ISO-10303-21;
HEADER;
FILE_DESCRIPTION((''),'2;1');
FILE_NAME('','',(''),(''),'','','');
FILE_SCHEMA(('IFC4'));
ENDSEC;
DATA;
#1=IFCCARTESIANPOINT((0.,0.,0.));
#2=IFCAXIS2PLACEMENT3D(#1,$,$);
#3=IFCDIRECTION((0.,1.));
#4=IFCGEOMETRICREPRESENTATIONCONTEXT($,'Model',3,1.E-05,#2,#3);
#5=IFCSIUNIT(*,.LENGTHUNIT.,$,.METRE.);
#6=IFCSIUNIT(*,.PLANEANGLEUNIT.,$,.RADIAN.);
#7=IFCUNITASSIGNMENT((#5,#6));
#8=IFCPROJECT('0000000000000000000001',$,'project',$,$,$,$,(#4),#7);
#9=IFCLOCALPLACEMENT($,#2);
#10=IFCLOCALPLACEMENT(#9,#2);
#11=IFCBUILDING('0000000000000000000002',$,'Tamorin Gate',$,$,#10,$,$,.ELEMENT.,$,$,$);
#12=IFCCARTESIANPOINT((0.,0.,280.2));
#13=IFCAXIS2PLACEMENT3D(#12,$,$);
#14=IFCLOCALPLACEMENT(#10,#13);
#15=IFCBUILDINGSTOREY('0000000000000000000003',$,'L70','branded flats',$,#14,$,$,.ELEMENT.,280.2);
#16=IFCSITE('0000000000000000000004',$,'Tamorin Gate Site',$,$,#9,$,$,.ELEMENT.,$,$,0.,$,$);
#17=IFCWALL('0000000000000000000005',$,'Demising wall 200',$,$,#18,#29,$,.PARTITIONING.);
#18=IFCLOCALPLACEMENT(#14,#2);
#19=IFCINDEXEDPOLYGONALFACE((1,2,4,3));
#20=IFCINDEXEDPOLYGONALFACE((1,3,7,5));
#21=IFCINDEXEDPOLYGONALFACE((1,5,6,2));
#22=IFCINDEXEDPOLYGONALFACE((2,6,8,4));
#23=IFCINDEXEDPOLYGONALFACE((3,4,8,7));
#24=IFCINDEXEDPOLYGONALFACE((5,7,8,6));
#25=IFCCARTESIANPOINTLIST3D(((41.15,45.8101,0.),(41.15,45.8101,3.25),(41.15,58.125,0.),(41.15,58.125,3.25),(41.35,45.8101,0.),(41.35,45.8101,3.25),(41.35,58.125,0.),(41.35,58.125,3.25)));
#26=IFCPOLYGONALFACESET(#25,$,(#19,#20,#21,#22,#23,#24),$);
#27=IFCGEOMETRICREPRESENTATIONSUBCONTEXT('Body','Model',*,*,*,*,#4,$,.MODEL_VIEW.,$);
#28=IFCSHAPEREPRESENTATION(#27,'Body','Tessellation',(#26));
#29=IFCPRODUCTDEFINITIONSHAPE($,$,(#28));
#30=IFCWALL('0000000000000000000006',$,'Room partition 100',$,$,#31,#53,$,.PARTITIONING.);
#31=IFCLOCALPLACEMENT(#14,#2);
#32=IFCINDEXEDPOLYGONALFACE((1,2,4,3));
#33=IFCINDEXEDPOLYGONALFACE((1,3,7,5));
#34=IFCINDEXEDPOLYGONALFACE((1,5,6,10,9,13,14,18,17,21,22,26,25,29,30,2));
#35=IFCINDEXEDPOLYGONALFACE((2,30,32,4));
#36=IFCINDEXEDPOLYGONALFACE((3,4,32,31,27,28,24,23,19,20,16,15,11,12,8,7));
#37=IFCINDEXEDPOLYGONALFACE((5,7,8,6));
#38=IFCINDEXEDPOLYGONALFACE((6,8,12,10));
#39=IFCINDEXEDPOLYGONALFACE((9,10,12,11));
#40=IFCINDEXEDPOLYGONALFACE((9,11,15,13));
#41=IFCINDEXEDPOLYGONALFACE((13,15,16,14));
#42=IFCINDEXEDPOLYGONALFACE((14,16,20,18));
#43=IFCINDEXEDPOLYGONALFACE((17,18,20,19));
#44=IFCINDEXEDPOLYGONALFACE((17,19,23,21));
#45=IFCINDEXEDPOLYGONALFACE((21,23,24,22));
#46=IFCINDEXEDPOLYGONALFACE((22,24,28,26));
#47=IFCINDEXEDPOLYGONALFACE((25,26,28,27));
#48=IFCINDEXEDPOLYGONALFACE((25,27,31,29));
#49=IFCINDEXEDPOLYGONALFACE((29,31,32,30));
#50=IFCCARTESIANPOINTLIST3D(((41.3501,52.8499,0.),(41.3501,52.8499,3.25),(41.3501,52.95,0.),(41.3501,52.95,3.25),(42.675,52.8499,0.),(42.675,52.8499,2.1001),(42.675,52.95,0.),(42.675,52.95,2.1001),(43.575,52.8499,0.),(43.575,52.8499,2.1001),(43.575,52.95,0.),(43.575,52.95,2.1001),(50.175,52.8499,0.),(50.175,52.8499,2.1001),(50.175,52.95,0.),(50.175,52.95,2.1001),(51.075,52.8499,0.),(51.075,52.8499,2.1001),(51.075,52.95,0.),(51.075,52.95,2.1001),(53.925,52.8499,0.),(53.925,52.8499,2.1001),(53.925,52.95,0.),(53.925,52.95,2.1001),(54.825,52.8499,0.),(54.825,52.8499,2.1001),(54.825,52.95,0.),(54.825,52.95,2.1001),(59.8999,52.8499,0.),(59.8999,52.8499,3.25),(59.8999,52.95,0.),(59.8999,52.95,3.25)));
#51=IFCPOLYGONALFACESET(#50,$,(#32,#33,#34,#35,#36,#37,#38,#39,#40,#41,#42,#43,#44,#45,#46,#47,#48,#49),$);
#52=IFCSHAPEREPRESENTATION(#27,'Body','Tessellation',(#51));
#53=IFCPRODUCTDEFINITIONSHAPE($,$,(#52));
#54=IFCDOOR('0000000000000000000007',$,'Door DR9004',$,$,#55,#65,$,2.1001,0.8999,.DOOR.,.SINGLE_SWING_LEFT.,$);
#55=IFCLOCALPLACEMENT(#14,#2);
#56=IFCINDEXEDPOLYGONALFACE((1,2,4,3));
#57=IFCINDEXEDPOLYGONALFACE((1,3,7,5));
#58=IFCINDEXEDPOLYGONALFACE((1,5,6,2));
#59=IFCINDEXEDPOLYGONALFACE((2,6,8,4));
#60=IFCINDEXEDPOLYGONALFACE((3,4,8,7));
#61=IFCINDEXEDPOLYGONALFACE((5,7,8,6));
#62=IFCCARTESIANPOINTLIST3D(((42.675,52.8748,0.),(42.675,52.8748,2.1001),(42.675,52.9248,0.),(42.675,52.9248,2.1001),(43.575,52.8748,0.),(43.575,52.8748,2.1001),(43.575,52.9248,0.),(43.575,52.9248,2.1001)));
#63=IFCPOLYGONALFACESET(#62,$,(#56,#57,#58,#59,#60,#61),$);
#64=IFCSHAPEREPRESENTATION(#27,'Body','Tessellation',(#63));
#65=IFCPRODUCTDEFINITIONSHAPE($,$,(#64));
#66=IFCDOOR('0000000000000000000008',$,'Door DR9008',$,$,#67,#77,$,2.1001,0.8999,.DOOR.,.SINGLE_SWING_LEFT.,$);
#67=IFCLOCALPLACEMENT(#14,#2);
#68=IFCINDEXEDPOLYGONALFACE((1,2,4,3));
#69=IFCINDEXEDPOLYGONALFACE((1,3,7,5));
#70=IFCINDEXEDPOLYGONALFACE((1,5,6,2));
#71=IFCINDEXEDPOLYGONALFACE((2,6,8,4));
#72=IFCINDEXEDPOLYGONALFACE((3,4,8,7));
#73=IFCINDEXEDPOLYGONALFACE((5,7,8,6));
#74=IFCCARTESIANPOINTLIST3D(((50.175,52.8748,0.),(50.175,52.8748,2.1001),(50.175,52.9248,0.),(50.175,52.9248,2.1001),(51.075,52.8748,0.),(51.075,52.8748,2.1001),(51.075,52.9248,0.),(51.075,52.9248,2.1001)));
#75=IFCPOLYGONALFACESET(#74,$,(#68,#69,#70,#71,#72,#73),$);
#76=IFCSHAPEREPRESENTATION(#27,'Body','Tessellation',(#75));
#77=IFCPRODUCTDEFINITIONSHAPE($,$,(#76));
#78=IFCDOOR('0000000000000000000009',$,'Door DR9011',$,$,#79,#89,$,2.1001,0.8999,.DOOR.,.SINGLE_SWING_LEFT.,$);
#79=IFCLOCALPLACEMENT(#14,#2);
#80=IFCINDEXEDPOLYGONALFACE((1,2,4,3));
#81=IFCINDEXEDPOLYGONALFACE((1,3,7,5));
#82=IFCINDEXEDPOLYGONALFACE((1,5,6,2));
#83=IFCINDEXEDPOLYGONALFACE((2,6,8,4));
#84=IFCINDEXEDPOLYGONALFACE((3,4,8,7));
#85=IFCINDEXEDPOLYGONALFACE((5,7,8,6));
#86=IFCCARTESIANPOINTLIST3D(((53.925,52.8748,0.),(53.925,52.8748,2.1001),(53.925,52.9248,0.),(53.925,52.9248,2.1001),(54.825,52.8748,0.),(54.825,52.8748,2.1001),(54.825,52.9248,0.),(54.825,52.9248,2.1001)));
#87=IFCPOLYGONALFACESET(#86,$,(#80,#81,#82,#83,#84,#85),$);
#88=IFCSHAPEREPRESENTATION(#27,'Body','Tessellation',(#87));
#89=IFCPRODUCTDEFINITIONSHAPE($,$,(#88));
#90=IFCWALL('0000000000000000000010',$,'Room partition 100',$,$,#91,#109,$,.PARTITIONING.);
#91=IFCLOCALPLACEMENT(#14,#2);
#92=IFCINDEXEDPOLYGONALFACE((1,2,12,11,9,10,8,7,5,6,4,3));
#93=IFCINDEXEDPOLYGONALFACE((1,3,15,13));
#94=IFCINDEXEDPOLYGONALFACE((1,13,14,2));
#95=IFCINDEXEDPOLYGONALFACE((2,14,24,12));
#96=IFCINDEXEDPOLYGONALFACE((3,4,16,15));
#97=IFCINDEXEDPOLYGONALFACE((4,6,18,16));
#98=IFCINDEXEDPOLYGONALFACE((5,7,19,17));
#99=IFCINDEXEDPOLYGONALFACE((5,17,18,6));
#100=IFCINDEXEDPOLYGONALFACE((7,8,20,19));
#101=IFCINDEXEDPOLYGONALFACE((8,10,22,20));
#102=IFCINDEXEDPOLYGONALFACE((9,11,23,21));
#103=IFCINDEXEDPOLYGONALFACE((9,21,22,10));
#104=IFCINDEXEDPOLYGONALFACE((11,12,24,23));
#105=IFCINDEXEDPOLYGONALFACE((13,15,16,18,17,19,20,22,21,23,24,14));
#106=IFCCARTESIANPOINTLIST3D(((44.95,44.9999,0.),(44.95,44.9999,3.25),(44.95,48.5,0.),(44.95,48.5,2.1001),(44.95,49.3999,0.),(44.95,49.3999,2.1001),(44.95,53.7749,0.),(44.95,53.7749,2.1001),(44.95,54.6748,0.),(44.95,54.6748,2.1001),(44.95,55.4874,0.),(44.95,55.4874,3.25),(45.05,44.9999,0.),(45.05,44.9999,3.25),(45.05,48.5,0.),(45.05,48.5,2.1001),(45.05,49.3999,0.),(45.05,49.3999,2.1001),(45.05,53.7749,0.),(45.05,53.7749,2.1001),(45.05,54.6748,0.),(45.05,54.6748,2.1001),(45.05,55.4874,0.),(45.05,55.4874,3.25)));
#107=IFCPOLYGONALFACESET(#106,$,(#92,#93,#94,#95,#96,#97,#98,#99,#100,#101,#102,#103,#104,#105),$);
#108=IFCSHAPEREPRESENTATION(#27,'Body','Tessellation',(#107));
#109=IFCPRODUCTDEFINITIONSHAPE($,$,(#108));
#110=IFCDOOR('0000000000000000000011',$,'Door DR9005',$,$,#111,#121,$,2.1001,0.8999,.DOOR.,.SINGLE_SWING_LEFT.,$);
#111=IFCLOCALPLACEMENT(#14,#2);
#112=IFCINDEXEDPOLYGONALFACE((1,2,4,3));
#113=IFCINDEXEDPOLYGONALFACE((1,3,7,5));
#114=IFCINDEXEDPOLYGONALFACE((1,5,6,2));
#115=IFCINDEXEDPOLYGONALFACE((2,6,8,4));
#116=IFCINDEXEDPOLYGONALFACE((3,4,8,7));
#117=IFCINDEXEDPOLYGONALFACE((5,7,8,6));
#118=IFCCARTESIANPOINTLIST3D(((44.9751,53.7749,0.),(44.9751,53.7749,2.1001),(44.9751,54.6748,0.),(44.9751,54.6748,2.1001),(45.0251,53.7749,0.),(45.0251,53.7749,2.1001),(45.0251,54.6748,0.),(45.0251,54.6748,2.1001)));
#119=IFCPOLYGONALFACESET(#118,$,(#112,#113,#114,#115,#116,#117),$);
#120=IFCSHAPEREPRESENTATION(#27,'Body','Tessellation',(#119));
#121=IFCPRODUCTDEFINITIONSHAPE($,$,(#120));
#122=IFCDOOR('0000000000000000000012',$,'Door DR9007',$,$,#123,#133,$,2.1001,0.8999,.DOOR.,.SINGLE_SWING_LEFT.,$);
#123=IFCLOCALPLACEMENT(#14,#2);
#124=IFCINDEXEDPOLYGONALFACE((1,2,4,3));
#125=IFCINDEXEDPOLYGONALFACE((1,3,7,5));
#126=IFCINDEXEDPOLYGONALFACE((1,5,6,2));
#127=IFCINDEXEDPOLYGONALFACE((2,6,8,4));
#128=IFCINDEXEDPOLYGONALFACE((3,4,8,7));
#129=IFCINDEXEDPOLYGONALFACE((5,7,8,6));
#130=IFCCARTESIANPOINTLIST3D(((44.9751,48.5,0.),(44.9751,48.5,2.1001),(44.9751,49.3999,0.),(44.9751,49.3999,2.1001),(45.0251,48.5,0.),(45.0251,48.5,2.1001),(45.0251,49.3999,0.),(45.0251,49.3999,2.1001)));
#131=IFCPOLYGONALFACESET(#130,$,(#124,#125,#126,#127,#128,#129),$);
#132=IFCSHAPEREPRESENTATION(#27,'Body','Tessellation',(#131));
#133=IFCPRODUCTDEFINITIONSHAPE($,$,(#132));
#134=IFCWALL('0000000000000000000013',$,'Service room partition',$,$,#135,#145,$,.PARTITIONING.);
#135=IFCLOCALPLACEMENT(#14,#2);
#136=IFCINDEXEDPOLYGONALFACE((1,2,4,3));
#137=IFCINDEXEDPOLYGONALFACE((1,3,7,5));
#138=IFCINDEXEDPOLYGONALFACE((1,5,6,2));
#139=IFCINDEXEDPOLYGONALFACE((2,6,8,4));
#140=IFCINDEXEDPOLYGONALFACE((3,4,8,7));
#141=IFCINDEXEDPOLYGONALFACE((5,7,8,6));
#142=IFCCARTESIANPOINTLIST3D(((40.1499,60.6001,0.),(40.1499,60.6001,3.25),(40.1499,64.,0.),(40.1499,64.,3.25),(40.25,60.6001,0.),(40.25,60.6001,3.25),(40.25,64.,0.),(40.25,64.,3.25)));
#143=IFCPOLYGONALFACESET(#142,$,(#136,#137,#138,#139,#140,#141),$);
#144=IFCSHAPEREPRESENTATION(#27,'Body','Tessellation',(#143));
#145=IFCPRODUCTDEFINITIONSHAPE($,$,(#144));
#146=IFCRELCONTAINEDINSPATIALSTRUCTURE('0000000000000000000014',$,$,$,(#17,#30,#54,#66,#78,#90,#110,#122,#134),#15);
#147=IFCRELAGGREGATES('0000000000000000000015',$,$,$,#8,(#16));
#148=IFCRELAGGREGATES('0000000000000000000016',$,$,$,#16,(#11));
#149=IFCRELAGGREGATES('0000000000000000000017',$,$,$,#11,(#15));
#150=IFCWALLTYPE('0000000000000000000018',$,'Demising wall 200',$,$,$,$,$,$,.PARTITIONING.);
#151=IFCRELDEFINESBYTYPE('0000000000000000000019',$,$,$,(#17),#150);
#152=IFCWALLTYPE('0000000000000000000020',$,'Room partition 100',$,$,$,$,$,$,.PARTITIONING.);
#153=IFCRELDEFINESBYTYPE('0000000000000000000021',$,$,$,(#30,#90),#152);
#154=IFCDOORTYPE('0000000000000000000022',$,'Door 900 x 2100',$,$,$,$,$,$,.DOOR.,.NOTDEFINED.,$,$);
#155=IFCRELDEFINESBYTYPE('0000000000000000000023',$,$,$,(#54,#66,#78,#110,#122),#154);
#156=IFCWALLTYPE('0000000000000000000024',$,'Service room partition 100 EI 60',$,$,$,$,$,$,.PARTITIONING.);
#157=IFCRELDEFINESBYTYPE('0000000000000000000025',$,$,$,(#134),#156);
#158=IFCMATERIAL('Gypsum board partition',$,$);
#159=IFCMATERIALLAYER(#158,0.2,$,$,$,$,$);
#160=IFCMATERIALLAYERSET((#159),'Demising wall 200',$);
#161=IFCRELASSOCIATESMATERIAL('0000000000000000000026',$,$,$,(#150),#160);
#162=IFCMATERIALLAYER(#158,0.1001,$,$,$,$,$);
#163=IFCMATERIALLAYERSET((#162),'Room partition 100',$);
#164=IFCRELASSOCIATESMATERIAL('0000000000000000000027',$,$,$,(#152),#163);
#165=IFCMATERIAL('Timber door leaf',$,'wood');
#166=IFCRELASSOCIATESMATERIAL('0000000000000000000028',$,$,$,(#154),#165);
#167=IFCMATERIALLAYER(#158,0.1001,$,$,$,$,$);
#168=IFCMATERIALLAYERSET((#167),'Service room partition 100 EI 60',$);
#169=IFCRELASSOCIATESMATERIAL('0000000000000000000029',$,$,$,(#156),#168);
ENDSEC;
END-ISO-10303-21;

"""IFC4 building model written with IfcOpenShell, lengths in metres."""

from ifc_helpers import new_model, si_unit, direction, frame, frame_2d, origin, place, context, subcontext, project, spatial, rectangle, extrude, material, layer, layer_set, type_object, element, fill, save


model = new_model("IFC4")

# Units and contexts
model_context = context("Model", 3, precision=1e-05, world=origin(), true_north=direction((0.0, 1.0)))
body_context = subcontext(model_context, "Body", "Model", "MODEL_VIEW")
ifc_project = project(units=[si_unit("LENGTHUNIT", "METRE"), si_unit("PLANEANGLEUNIT", "RADIAN")], contexts=[model_context])

# Site, building, storey
site_placement = place(None, origin())
site = spatial("IfcSite", under=ifc_project, at=site_placement, Name="Tamorin Gate Site", CompositionType="ELEMENT", RefElevation=0.0)
building_placement = place(site_placement, origin())
building = spatial("IfcBuilding", under=site, at=building_placement, Name="Tamorin Gate", CompositionType="ELEMENT")
storey_placement = place(building_placement, frame((0.0, 0.0, 280.2)))
storey = spatial("IfcBuildingStorey", under=building, at=storey_placement, Name="L70", Description="branded flats", CompositionType="ELEMENT", Elevation=280.2)

# Wall
ifc_material_1 = material(Name="Gypsum board partition")
ifc_layer_1 = layer(ifc_material_1, 0.2)
ifc_layer_set_1 = layer_set([ifc_layer_1], Name="Demising wall 200")
wall_type_1 = type_object("IfcWallType", Name="Demising wall 200", PredefinedType="PARTITIONING", material=ifc_layer_set_1)
wall_1_placement = place(storey_placement, frame((41.25, 45.8101, 0.0), z_axis=(0.0, 0.0, 1.0), x_axis=(0.0, 1.0, 0.0)))
element("IfcWall", 1, at=wall_1_placement, inside=storey, type_object=wall_type_1, Name="Demising wall 200", PredefinedType="PARTITIONING", context=body_context, shape_type="SweptSolid", body=[
    extrude(rectangle(XDim=12.3149, YDim=0.2, at=frame_2d((6.1575, 0.0))), origin(), (0.0, 0.0, 1.0), 3.25),
])

# Walls, openings, doors
ifc_layer_2 = layer(ifc_material_1, 0.1001)
ifc_layer_set_2 = layer_set([ifc_layer_2], Name="Room partition 100")
wall_type_2 = type_object("IfcWallType", Name="Room partition 100", PredefinedType="PARTITIONING", material=ifc_layer_set_2)
wall_2_placement = place(storey_placement, frame((41.3501, 52.8999, 0.0), z_axis=(0.0, 0.0, 1.0), x_axis=(1.0, 0.0, 0.0)))
wall_2 = element("IfcWall", 2, at=wall_2_placement, inside=storey, type_object=wall_type_2, Name="Room partition 100", PredefinedType="PARTITIONING", context=body_context, shape_type="SweptSolid", body=[
    extrude(rectangle(XDim=18.5498, YDim=0.1001, at=frame_2d((9.2749, 0.0))), origin(), (0.0, 0.0, 1.0), 3.25),
])
opening_1_placement = place(wall_2_placement, frame((1.325, 0.0, 0.0)))
opening_1 = element("IfcOpeningElement", 3, at=opening_1_placement, cuts=wall_2, PredefinedType="OPENING", context=body_context, shape_type="SweptSolid", body=[
    extrude(rectangle(XDim=0.8999, YDim=2.1001, at=frame_2d((0.45, 1.05))), frame((0.0, 0.0601, 0.0), z_axis=(0.0, -1.0, 0.0), x_axis=(1.0, 0.0, 0.0)), (0.0, 0.0, 1.0), 0.1201),
])
opening_2_placement = place(wall_2_placement, frame((8.825, 0.0, 0.0)))
opening_2 = element("IfcOpeningElement", 4, at=opening_2_placement, cuts=wall_2, PredefinedType="OPENING", context=body_context, shape_type="SweptSolid", body=[
    extrude(rectangle(XDim=0.8999, YDim=2.1001, at=frame_2d((0.45, 1.05))), frame((0.0, 0.0601, 0.0), z_axis=(0.0, -1.0, 0.0), x_axis=(1.0, 0.0, 0.0)), (0.0, 0.0, 1.0), 0.1201),
])
opening_3_placement = place(wall_2_placement, frame((12.575, 0.0, 0.0)))
opening_3 = element("IfcOpeningElement", 5, at=opening_3_placement, cuts=wall_2, PredefinedType="OPENING", context=body_context, shape_type="SweptSolid", body=[
    extrude(rectangle(XDim=0.8999, YDim=2.1001, at=frame_2d((0.45, 1.05))), frame((0.0, 0.0601, 0.0), z_axis=(0.0, -1.0, 0.0), x_axis=(1.0, 0.0, 0.0)), (0.0, 0.0, 1.0), 0.1201),
])
ifc_material_2 = material(Name="Timber door leaf", Category="wood")
door_type = type_object("IfcDoorType", Name="Door 900 x 2100", OperationType="NOTDEFINED", PredefinedType="DOOR", material=ifc_material_2)
door_1_placement = place(opening_1_placement, origin())
door_1 = element("IfcDoor", 6, at=door_1_placement, inside=storey, type_object=door_type, Name="Door DR9004", OperationType="SINGLE_SWING_LEFT", OverallHeight=2.1001, OverallWidth=0.8999, PredefinedType="DOOR", context=body_context, shape_type="SweptSolid", body=[
    extrude(rectangle(XDim=0.8999, YDim=2.1001, at=frame_2d((0.45, 1.05))), frame((0.0, 0.0249, 0.0), z_axis=(0.0, -1.0, 0.0), x_axis=(1.0, 0.0, 0.0)), (0.0, 0.0, 1.0), 0.05),
])
fill(opening_1, door_1)
door_2_placement = place(opening_2_placement, origin())
door_2 = element("IfcDoor", 7, at=door_2_placement, inside=storey, type_object=door_type, Name="Door DR9008", OperationType="SINGLE_SWING_LEFT", OverallHeight=2.1001, OverallWidth=0.8999, PredefinedType="DOOR", context=body_context, shape_type="SweptSolid", body=[
    extrude(rectangle(XDim=0.8999, YDim=2.1001, at=frame_2d((0.45, 1.05))), frame((0.0, 0.0249, 0.0), z_axis=(0.0, -1.0, 0.0), x_axis=(1.0, 0.0, 0.0)), (0.0, 0.0, 1.0), 0.05),
])
fill(opening_2, door_2)
door_3_placement = place(opening_3_placement, origin())
door_3 = element("IfcDoor", 8, at=door_3_placement, inside=storey, type_object=door_type, Name="Door DR9011", OperationType="SINGLE_SWING_LEFT", OverallHeight=2.1001, OverallWidth=0.8999, PredefinedType="DOOR", context=body_context, shape_type="SweptSolid", body=[
    extrude(rectangle(XDim=0.8999, YDim=2.1001, at=frame_2d((0.45, 1.05))), frame((0.0, 0.0249, 0.0), z_axis=(0.0, -1.0, 0.0), x_axis=(1.0, 0.0, 0.0)), (0.0, 0.0, 1.0), 0.05),
])
fill(opening_3, door_3)
wall_3_placement = place(storey_placement, frame((45.0, 45.0, 0.0), z_axis=(0.0, 0.0, 1.0), x_axis=(0.0, 1.0, 0.0)))
wall_3 = element("IfcWall", 9, at=wall_3_placement, inside=storey, type_object=wall_type_2, Name="Room partition 100", PredefinedType="PARTITIONING", context=body_context, shape_type="SweptSolid", body=[
    extrude(rectangle(XDim=10.4875, YDim=0.1001, at=frame_2d((5.2437, 0.0))), origin(), (0.0, 0.0, 1.0), 3.25),
])
opening_4_placement = place(wall_3_placement, frame((8.7749, 0.0, 0.0)))
opening_4 = element("IfcOpeningElement", 10, at=opening_4_placement, cuts=wall_3, PredefinedType="OPENING", context=body_context, shape_type="SweptSolid", body=[
    extrude(rectangle(XDim=0.8999, YDim=2.1001, at=frame_2d((0.45, 1.05))), frame((0.0, 0.0601, 0.0), z_axis=(0.0, -1.0, 0.0), x_axis=(1.0, 0.0, 0.0)), (0.0, 0.0, 1.0), 0.1201),
])
opening_5_placement = place(wall_3_placement, frame((3.5, 0.0, 0.0)))
opening_5 = element("IfcOpeningElement", 11, at=opening_5_placement, cuts=wall_3, PredefinedType="OPENING", context=body_context, shape_type="SweptSolid", body=[
    extrude(rectangle(XDim=0.8999, YDim=2.1001, at=frame_2d((0.45, 1.05))), frame((0.0, 0.0601, 0.0), z_axis=(0.0, -1.0, 0.0), x_axis=(1.0, 0.0, 0.0)), (0.0, 0.0, 1.0), 0.1201),
])
door_4_placement = place(opening_4_placement, origin())
door_4 = element("IfcDoor", 12, at=door_4_placement, inside=storey, type_object=door_type, Name="Door DR9005", OperationType="SINGLE_SWING_LEFT", OverallHeight=2.1001, OverallWidth=0.8999, PredefinedType="DOOR", context=body_context, shape_type="SweptSolid", body=[
    extrude(rectangle(XDim=0.8999, YDim=2.1001, at=frame_2d((0.45, 1.05))), frame((0.0, 0.0249, 0.0), z_axis=(0.0, -1.0, 0.0), x_axis=(1.0, 0.0, 0.0)), (0.0, 0.0, 1.0), 0.05),
])
fill(opening_4, door_4)
door_5_placement = place(opening_5_placement, origin())
door_5 = element("IfcDoor", 13, at=door_5_placement, inside=storey, type_object=door_type, Name="Door DR9007", OperationType="SINGLE_SWING_LEFT", OverallHeight=2.1001, OverallWidth=0.8999, PredefinedType="DOOR", context=body_context, shape_type="SweptSolid", body=[
    extrude(rectangle(XDim=0.8999, YDim=2.1001, at=frame_2d((0.45, 1.05))), frame((0.0, 0.0249, 0.0), z_axis=(0.0, -1.0, 0.0), x_axis=(1.0, 0.0, 0.0)), (0.0, 0.0, 1.0), 0.05),
])
fill(opening_5, door_5)

# Wall
ifc_layer_3 = layer(ifc_material_1, 0.1001)
ifc_layer_set_3 = layer_set([ifc_layer_3], Name="Service room partition 100 EI 60")
wall_type_3 = type_object("IfcWallType", Name="Service room partition 100 EI 60", PredefinedType="PARTITIONING", material=ifc_layer_set_3)
wall_4_placement = place(storey_placement, frame((40.2, 60.6001, 0.0), z_axis=(0.0, 0.0, 1.0), x_axis=(0.0, 1.0, 0.0)))
element("IfcWall", 14, at=wall_4_placement, inside=storey, type_object=wall_type_3, Name="Service room partition", PredefinedType="PARTITIONING", context=body_context, shape_type="SweptSolid", body=[
    extrude(rectangle(XDim=3.3999, YDim=0.1001, at=frame_2d((1.7, 0.0))), origin(), (0.0, 0.0, 1.0), 3.25),
])

save(model, "model.ifc")
